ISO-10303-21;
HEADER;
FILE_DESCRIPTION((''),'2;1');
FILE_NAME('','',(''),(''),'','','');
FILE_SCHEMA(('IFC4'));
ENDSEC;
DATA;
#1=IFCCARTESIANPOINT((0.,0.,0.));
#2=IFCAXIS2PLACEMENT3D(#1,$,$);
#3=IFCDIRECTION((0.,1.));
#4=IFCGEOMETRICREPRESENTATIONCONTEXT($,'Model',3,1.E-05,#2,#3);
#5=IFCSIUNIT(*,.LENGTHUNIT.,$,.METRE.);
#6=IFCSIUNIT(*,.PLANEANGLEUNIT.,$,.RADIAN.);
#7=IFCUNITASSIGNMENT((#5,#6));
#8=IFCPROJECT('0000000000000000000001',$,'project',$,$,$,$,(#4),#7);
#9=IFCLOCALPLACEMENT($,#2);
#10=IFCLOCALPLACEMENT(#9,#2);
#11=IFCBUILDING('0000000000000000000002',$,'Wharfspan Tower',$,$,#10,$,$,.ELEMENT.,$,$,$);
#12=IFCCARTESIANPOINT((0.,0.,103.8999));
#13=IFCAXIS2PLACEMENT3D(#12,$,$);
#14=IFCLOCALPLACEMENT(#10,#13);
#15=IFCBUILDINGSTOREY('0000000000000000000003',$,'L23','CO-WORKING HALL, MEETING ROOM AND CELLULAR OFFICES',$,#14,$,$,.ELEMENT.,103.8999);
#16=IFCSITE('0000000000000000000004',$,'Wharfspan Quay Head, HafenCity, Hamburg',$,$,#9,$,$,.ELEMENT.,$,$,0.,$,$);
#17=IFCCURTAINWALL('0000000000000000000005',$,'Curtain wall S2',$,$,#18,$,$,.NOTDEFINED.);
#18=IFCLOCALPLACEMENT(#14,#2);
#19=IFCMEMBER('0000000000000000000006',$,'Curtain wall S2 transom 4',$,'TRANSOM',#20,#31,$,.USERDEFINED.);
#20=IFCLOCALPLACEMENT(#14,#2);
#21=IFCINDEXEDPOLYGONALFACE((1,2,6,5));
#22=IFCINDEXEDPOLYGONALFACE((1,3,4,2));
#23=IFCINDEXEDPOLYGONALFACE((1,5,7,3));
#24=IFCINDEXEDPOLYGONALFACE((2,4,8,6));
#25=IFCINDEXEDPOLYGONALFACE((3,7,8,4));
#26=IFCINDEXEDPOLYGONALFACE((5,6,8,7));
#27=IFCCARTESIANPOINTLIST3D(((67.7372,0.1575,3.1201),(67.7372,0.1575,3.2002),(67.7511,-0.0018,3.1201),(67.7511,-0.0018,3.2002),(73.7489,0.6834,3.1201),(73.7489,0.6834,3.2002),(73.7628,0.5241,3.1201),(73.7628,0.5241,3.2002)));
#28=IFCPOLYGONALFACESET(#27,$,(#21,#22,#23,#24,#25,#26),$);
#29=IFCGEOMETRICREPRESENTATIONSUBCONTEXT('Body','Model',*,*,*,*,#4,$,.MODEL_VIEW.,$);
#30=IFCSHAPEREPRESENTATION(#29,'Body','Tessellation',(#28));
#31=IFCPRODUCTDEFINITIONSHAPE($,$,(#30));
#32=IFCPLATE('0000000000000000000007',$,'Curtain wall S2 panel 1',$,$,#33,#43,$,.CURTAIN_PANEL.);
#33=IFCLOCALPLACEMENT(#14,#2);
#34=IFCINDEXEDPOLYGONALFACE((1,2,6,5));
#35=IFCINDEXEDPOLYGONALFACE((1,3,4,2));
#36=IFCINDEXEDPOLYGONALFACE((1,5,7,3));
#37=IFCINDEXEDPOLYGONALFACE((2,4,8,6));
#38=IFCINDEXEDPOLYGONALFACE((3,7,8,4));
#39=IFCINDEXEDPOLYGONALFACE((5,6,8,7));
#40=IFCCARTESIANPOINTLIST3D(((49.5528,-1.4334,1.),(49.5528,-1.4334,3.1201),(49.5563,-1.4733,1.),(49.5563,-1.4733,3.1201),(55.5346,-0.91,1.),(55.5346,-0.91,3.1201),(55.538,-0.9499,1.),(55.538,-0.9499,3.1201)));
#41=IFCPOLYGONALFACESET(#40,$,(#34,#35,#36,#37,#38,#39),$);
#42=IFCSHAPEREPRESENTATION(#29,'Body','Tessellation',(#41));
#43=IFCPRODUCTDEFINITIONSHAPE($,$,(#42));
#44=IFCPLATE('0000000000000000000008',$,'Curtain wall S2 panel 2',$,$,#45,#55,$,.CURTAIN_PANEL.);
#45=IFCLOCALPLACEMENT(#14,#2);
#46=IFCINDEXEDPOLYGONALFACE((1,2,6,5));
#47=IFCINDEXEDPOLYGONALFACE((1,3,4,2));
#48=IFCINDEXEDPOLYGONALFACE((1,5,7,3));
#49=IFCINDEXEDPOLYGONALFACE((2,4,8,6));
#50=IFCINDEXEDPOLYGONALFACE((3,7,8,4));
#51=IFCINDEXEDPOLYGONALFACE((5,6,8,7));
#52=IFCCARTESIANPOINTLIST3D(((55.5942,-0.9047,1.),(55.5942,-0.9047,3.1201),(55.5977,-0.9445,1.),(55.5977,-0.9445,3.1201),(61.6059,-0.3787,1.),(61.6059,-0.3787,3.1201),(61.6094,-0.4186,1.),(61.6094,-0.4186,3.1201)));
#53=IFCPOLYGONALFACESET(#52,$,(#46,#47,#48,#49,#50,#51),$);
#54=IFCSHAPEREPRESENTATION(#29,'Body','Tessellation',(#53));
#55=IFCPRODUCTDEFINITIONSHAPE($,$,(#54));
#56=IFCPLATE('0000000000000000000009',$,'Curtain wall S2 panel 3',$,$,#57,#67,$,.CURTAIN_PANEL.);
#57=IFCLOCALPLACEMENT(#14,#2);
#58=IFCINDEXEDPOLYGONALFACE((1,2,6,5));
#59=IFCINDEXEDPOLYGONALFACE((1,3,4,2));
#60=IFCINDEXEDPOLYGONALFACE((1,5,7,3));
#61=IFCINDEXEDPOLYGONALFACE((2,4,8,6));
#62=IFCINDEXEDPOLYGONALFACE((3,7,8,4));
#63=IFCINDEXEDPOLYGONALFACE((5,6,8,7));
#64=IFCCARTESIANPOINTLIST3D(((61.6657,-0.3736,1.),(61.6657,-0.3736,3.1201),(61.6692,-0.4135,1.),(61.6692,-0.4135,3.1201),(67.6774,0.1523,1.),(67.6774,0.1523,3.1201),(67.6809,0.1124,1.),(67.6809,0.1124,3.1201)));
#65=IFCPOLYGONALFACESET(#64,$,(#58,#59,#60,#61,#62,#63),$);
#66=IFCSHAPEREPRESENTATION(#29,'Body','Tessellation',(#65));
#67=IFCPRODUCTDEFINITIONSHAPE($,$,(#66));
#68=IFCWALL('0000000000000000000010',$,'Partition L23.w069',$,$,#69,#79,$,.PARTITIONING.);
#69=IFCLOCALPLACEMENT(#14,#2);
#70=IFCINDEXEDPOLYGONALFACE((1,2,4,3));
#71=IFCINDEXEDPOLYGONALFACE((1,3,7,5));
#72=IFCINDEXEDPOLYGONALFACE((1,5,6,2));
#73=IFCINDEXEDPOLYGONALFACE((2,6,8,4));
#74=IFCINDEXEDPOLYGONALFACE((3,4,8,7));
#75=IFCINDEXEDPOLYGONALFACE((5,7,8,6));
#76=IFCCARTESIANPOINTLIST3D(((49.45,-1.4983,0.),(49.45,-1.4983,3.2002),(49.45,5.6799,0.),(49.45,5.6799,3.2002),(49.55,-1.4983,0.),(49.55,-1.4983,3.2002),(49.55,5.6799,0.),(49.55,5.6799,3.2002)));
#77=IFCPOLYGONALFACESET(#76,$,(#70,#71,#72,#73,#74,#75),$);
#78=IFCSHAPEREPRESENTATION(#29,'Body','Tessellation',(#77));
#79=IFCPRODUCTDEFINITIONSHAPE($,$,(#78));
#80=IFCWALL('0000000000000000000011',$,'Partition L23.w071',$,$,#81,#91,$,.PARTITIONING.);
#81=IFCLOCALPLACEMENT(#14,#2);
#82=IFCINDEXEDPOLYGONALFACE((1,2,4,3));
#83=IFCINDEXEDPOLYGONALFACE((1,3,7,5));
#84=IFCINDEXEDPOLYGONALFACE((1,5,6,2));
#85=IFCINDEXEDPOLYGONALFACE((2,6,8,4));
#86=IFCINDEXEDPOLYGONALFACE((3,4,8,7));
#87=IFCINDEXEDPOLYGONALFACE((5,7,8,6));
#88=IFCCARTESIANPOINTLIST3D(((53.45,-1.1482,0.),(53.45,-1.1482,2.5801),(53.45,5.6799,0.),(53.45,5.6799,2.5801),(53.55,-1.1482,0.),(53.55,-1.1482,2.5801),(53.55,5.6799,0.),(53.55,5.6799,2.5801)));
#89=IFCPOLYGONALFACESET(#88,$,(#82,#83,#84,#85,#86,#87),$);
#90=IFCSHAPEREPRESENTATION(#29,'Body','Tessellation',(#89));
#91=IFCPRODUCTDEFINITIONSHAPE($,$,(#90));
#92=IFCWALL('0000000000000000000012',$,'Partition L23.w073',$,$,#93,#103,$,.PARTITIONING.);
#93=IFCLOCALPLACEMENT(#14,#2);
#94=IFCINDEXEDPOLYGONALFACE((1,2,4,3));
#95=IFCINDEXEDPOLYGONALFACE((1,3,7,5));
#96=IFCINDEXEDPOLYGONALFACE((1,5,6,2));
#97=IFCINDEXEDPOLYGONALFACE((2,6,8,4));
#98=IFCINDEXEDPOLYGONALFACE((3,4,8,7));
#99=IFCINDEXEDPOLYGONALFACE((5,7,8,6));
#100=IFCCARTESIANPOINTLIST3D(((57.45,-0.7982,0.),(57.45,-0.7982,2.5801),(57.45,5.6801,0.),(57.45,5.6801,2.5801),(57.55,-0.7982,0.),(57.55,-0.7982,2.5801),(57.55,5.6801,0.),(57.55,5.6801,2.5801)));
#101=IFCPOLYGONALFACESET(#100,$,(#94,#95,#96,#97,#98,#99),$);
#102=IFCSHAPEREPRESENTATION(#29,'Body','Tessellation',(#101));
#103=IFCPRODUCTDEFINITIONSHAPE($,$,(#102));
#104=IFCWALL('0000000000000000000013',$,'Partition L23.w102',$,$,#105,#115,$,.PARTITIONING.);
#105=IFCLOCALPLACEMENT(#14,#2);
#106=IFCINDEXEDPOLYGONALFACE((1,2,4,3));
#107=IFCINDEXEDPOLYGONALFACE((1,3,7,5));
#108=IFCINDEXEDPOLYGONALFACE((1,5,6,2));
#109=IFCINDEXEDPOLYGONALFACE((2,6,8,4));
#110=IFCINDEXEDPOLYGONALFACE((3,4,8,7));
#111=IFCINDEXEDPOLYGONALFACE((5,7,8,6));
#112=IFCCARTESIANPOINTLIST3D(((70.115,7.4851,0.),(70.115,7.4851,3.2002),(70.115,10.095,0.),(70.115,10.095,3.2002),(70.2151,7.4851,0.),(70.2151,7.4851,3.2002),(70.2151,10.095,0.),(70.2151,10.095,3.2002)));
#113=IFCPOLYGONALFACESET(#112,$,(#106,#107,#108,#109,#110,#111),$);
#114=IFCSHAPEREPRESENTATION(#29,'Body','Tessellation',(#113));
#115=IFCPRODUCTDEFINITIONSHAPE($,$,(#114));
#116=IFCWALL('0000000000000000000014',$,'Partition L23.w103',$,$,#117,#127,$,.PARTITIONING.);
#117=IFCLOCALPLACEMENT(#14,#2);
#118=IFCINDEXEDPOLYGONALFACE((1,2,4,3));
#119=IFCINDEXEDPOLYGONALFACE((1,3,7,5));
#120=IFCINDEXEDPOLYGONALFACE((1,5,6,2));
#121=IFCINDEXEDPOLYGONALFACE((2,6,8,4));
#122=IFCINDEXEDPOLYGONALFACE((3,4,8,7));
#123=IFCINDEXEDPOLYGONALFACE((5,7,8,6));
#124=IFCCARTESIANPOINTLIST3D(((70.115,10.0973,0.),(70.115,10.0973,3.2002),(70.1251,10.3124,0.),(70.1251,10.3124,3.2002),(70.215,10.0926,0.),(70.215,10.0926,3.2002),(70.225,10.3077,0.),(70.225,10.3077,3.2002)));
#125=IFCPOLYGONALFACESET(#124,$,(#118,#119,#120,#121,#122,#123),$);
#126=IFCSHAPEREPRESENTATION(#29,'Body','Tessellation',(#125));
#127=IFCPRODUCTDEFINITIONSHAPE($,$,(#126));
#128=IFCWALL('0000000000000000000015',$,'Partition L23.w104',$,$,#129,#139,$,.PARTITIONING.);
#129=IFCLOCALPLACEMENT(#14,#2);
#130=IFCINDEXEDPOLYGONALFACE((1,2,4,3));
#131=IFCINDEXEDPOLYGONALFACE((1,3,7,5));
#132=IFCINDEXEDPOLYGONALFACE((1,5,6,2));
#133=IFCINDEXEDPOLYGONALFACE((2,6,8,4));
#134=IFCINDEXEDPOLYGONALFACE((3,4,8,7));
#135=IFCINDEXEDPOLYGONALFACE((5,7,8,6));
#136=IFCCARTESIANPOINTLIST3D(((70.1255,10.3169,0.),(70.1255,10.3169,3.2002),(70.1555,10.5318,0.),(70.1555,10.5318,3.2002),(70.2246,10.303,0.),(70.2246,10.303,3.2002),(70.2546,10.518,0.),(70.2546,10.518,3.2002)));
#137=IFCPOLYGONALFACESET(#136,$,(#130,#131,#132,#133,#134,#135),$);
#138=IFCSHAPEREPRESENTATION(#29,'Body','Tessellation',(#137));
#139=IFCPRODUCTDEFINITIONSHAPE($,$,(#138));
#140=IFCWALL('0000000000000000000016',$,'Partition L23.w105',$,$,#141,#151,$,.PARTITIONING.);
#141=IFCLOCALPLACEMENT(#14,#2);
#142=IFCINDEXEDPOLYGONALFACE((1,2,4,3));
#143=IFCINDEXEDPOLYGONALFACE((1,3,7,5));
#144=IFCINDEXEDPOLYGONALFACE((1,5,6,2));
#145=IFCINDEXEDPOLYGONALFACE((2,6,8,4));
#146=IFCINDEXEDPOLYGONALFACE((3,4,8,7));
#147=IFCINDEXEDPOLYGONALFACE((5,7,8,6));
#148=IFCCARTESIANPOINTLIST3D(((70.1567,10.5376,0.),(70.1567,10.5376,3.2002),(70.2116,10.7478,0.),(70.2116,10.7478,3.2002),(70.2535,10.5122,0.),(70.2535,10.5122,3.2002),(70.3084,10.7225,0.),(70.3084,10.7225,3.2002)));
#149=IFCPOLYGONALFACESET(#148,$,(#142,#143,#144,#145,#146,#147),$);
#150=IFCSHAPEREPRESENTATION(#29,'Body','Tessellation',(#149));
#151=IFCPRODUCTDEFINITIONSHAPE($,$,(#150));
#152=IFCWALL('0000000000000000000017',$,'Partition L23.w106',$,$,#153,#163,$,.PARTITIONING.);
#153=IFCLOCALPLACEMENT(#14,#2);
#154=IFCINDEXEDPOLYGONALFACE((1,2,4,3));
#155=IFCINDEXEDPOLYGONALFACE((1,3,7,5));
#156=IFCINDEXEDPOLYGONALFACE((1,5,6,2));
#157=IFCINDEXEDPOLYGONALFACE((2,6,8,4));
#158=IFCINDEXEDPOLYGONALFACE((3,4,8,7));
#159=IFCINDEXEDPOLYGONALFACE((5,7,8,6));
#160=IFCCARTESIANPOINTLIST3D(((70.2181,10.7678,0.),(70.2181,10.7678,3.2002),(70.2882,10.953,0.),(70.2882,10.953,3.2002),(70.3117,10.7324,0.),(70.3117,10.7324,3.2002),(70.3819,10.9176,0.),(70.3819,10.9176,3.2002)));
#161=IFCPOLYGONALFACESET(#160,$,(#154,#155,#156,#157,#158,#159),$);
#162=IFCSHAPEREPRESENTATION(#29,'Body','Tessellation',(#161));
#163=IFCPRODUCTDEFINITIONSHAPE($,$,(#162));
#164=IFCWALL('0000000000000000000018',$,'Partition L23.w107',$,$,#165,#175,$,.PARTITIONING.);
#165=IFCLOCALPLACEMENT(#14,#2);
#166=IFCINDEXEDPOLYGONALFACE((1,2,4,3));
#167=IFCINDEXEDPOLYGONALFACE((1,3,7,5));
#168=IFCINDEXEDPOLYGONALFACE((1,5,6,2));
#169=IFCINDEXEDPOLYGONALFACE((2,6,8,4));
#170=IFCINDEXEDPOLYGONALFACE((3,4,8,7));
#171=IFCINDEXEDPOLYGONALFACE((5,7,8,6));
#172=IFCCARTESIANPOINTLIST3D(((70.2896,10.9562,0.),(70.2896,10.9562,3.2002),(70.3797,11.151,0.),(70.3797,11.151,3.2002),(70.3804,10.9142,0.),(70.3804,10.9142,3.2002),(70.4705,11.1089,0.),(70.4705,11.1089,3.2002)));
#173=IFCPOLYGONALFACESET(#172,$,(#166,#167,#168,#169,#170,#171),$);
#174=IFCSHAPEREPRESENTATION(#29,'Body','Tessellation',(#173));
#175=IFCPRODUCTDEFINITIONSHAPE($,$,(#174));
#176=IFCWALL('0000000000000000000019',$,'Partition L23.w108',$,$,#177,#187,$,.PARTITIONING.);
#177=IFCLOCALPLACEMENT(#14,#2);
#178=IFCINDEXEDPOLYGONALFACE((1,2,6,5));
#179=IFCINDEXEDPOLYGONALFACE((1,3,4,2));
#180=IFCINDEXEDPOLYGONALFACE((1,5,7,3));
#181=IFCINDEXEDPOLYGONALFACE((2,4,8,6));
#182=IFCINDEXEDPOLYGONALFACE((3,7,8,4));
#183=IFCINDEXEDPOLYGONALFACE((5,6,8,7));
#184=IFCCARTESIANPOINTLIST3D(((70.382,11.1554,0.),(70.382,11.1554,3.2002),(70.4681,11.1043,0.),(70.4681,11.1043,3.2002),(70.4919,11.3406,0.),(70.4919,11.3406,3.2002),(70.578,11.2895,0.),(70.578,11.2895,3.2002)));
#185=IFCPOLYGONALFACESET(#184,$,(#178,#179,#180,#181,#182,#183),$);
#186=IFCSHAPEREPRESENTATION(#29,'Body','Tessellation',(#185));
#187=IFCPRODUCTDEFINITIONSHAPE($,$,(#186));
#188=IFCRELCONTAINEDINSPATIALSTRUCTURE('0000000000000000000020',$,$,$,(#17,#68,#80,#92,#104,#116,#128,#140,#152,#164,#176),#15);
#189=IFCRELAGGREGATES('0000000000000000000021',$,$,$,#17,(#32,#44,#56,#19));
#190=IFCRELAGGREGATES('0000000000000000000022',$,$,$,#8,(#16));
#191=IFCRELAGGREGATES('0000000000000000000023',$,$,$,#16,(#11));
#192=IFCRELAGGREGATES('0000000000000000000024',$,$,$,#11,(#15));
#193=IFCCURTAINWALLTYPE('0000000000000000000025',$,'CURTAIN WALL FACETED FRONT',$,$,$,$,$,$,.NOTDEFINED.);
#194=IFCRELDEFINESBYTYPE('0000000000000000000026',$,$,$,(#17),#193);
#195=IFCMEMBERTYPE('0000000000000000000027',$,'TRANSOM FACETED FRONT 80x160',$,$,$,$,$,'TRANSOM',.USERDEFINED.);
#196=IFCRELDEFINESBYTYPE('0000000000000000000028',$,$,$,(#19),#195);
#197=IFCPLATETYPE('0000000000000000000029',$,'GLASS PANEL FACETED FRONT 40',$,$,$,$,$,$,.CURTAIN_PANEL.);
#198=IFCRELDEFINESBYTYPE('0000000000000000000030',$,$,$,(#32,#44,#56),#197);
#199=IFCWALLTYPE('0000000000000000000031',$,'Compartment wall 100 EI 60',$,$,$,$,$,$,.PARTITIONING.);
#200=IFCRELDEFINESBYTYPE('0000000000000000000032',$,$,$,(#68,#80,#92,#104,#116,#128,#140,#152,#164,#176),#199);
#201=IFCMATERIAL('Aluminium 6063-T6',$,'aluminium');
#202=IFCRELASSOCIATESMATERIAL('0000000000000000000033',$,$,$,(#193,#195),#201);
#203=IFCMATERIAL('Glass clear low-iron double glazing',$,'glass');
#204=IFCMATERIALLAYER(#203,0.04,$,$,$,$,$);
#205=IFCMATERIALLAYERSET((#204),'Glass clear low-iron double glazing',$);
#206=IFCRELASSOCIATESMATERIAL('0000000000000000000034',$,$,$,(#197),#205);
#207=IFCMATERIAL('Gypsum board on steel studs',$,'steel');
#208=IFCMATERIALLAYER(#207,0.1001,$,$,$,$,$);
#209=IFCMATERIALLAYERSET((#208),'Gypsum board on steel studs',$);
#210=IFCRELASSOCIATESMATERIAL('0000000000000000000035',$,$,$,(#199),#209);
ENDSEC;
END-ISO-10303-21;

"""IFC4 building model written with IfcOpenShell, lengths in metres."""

from ifc_helpers import new_model, si_unit, direction, frame, frame_2d, origin, origin_2d, place, context, subcontext, project, spatial, rectangle, extrude, material, layer, layer_set, material_profile, profile_set, type_object, element, aggregate, save


model = new_model("IFC4")

# Units and contexts
model_context = context("Model", 3, precision=1e-05, world=origin(), true_north=direction((0.0, 1.0)))
body_context = subcontext(model_context, "Body", "Model", "MODEL_VIEW")
ifc_project = project(units=[si_unit("LENGTHUNIT", "METRE"), si_unit("PLANEANGLEUNIT", "RADIAN")], contexts=[model_context])

# Site, building, storey
site_placement = place(None, origin())
site = spatial("IfcSite", under=ifc_project, at=site_placement, Name="Wharfspan Quay Head, HafenCity, Hamburg", CompositionType="ELEMENT", RefElevation=0.0)
building_placement = place(site_placement, origin())
building = spatial("IfcBuilding", under=site, at=building_placement, Name="Wharfspan Tower", CompositionType="ELEMENT")
storey_placement = place(building_placement, frame((0.0, 0.0, 103.8999)))
storey = spatial("IfcBuildingStorey", under=building, at=storey_placement, Name="L23", Description="CO-WORKING HALL, MEETING ROOM AND CELLULAR OFFICES", CompositionType="ELEMENT", Elevation=103.8999)

# Curtain wall, member, plates
ifc_material_1 = material(Name="Aluminium 6063-T6", Category="aluminium")
curtain_wall_type = type_object("IfcCurtainWallType", Name="CURTAIN WALL FACETED FRONT", PredefinedType="NOTDEFINED", material=ifc_material_1)
curtain_wall_placement = place(storey_placement, origin())
curtain_wall = element("IfcCurtainWall", 1, at=curtain_wall_placement, inside=storey, type_object=curtain_wall_type, Name="Curtain wall S2", PredefinedType="NOTDEFINED")
ifc_material_profile_1 = material_profile(ifc_material_1, rectangle(XDim=0.1599, YDim=0.0801, at=origin_2d()))
ifc_profile_set_1 = profile_set([ifc_material_profile_1], Name="Aluminium 6063-T6")
member_type_1 = type_object("IfcMemberType", Name="TRANSOM FACETED FRONT 80x160", ElementType="TRANSOM", PredefinedType="USERDEFINED", material=ifc_profile_set_1)
member_1_placement = place(storey_placement, frame((67.7441, 0.0779, 3.1602), z_axis=(0.996196, 0.087143, 0.0), x_axis=(-0.087143, 0.996196, 0.0)))
member_1 = element("IfcMember", 2, at=member_1_placement, type_object=member_type_1, Name="Curtain wall S2 transom 4", ObjectType="TRANSOM", PredefinedType="USERDEFINED", context=body_context, shape_type="SweptSolid", body=[
    extrude(rectangle(XDim=0.1599, YDim=0.0801, at=origin_2d()), origin(), (0.0, 0.0, 1.0), 6.0347),
])
ifc_material_2 = material(Name="Glass clear low-iron double glazing", Category="glass")
ifc_layer_1 = layer(ifc_material_2, 0.04)
ifc_layer_set_1 = layer_set([ifc_layer_1], Name="Glass clear low-iron double glazing")
plate_type = type_object("IfcPlateType", Name="GLASS PANEL FACETED FRONT 40", PredefinedType="CURTAIN_PANEL", material=ifc_layer_set_1)
plate_1_placement = place(storey_placement, frame((52.5454, -1.1917, 1.0), z_axis=(0.0, 0.0, 1.0), x_axis=(0.996198, 0.087156, 0.0)))
plate_1 = element("IfcPlate", 3, at=plate_1_placement, type_object=plate_type, Name="Curtain wall S2 panel 1", PredefinedType="CURTAIN_PANEL", context=body_context, shape_type="SweptSolid", body=[
    extrude(rectangle(XDim=6.0046, YDim=0.04, at=origin_2d()), origin(), (0.0, 0.0, 1.0), 2.1201),
])
plate_2_placement = place(storey_placement, frame((58.6018, -0.6616, 1.0), z_axis=(0.0, 0.0, 1.0), x_axis=(0.996198, 0.087156, 0.0)))
plate_2 = element("IfcPlate", 4, at=plate_2_placement, type_object=plate_type, Name="Curtain wall S2 panel 2", PredefinedType="CURTAIN_PANEL", context=body_context, shape_type="SweptSolid", body=[
    extrude(rectangle(XDim=6.0347, YDim=0.04, at=origin_2d()), origin(), (0.0, 0.0, 1.0), 2.1201),
])
plate_3_placement = place(storey_placement, frame((64.6733, -0.1306, 1.0), z_axis=(0.0, 0.0, 1.0), x_axis=(0.996198, 0.087156, 0.0)))
plate_3 = element("IfcPlate", 5, at=plate_3_placement, type_object=plate_type, Name="Curtain wall S2 panel 3", PredefinedType="CURTAIN_PANEL", context=body_context, shape_type="SweptSolid", body=[
    extrude(rectangle(XDim=6.0347, YDim=0.04, at=origin_2d()), origin(), (0.0, 0.0, 1.0), 2.1201),
])
aggregate(curtain_wall, [plate_1, plate_2, plate_3, member_1])

# Walls
ifc_material_3 = material(Name="Gypsum board on steel studs", Category="steel")
ifc_layer_2 = layer(ifc_material_3, 0.1001)
ifc_layer_set_2 = layer_set([ifc_layer_2], Name="Gypsum board on steel studs")
wall_type_1 = type_object("IfcWallType", Name="Compartment wall 100 EI 60", PredefinedType="PARTITIONING", material=ifc_layer_set_2)
wall_1_placement = place(storey_placement, frame((49.5, -1.4983, 0.0), z_axis=(0.0, 0.0, 1.0), x_axis=(0.0, 1.0, 0.0)))
element("IfcWall", 6, at=wall_1_placement, inside=storey, type_object=wall_type_1, Name="Partition L23.w069", PredefinedType="PARTITIONING", context=body_context, shape_type="SweptSolid", body=[
    extrude(rectangle(XDim=7.1782, YDim=0.1001, at=frame_2d((3.5891, 0.0))), origin(), (0.0, 0.0, 1.0), 3.2002),
])
wall_2_placement = place(storey_placement, frame((53.5, -1.1482, 0.0), z_axis=(0.0, 0.0, 1.0), x_axis=(0.0, 1.0, 0.0)))
element("IfcWall", 7, at=wall_2_placement, inside=storey, type_object=wall_type_1, Name="Partition L23.w071", PredefinedType="PARTITIONING", context=body_context, shape_type="SweptSolid", body=[
    extrude(rectangle(XDim=6.8281, YDim=0.1001, at=frame_2d((3.4141, 0.0))), origin(), (0.0, 0.0, 1.0), 2.5801),
])
wall_3_placement = place(storey_placement, frame((57.5, -0.7983, 0.0), z_axis=(0.0, 0.0, 1.0), x_axis=(0.0, 1.0, 0.0)))
element("IfcWall", 8, at=wall_3_placement, inside=storey, type_object=wall_type_1, Name="Partition L23.w073", PredefinedType="PARTITIONING", context=body_context, shape_type="SweptSolid", body=[
    extrude(rectangle(XDim=6.4783, YDim=0.1001, at=frame_2d((3.2393, 0.0))), origin(), (0.0, 0.0, 1.0), 2.5801),
])
wall_4_placement = place(storey_placement, frame((70.165, 7.4851, 0.0), z_axis=(0.0, 0.0, 1.0), x_axis=(0.0, 1.0, 0.0)))
element("IfcWall", 9, at=wall_4_placement, inside=storey, type_object=wall_type_1, Name="Partition L23.w102", PredefinedType="PARTITIONING", context=body_context, shape_type="SweptSolid", body=[
    extrude(rectangle(XDim=2.6099, YDim=0.1001, at=frame_2d((1.3049, 0.0))), origin(), (0.0, 0.0, 1.0), 3.2002),
])
wall_5_placement = place(storey_placement, frame((70.165, 10.095, 0.0), z_axis=(0.0, 0.0, 1.0), x_axis=(0.046488, 0.998923, 0.0)))
element("IfcWall", 10, at=wall_5_placement, inside=storey, type_object=wall_type_1, Name="Partition L23.w103", PredefinedType="PARTITIONING", context=body_context, shape_type="SweptSolid", body=[
    extrude(rectangle(XDim=0.2153, YDim=0.1001, at=frame_2d((0.1077, 0.0))), origin(), (0.0, 0.0, 1.0), 3.2002),
])
wall_6_placement = place(storey_placement, frame((70.175, 10.3101, 0.0), z_axis=(0.0, 0.0, 1.0), x_axis=(0.138427, 0.990372, 0.0)))
element("IfcWall", 11, at=wall_6_placement, inside=storey, type_object=wall_type_1, Name="Partition L23.w104", PredefinedType="PARTITIONING", context=body_context, shape_type="SweptSolid", body=[
    extrude(rectangle(XDim=0.217, YDim=0.1001, at=frame_2d((0.1084, 0.0))), origin(), (0.0, 0.0, 1.0), 3.2002),
])
wall_7_placement = place(storey_placement, frame((70.2051, 10.5249, 0.0), z_axis=(0.0, 0.0, 1.0), x_axis=(0.252833, 0.967508, 0.0)))
element("IfcWall", 12, at=wall_7_placement, inside=storey, type_object=wall_type_1, Name="Partition L23.w105", PredefinedType="PARTITIONING", context=body_context, shape_type="SweptSolid", body=[
    extrude(rectangle(XDim=0.2173, YDim=0.1001, at=frame_2d((0.1086, 0.0))), origin(), (0.0, 0.0, 1.0), 3.2002),
])
wall_8_placement = place(storey_placement, frame((70.2649, 10.75, 0.0), z_axis=(0.0, 0.0, 1.0), x_axis=(0.354097, 0.935211, 0.0)))
element("IfcWall", 13, at=wall_8_placement, inside=storey, type_object=wall_type_1, Name="Partition L23.w106", PredefinedType="PARTITIONING", context=body_context, shape_type="SweptSolid", body=[
    extrude(rectangle(XDim=0.198, YDim=0.1001, at=frame_2d((0.0991, 0.0))), origin(), (0.0, 0.0, 1.0), 3.2002),
])
wall_9_placement = place(storey_placement, frame((70.335, 10.9351, 0.0), z_axis=(0.0, 0.0, 1.0), x_axis=(0.419707, 0.907659, 0.0)))
element("IfcWall", 14, at=wall_9_placement, inside=storey, type_object=wall_type_1, Name="Partition L23.w107", PredefinedType="PARTITIONING", context=body_context, shape_type="SweptSolid", body=[
    extrude(rectangle(XDim=0.2146, YDim=0.1001, at=frame_2d((0.1074, 0.0))), origin(), (0.0, 0.0, 1.0), 3.2002),
])
wall_10_placement = place(storey_placement, frame((70.425, 11.1299, 0.0), z_axis=(0.0, 0.0, 1.0), x_axis=(0.510487, 0.859887, 0.0)))
element("IfcWall", 15, at=wall_10_placement, inside=storey, type_object=wall_type_1, Name="Partition L23.w108", PredefinedType="PARTITIONING", context=body_context, shape_type="SweptSolid", body=[
    extrude(rectangle(XDim=0.2153, YDim=0.1001, at=frame_2d((0.1077, 0.0))), origin(), (0.0, 0.0, 1.0), 3.2002),
])

save(model, "model.ifc")
